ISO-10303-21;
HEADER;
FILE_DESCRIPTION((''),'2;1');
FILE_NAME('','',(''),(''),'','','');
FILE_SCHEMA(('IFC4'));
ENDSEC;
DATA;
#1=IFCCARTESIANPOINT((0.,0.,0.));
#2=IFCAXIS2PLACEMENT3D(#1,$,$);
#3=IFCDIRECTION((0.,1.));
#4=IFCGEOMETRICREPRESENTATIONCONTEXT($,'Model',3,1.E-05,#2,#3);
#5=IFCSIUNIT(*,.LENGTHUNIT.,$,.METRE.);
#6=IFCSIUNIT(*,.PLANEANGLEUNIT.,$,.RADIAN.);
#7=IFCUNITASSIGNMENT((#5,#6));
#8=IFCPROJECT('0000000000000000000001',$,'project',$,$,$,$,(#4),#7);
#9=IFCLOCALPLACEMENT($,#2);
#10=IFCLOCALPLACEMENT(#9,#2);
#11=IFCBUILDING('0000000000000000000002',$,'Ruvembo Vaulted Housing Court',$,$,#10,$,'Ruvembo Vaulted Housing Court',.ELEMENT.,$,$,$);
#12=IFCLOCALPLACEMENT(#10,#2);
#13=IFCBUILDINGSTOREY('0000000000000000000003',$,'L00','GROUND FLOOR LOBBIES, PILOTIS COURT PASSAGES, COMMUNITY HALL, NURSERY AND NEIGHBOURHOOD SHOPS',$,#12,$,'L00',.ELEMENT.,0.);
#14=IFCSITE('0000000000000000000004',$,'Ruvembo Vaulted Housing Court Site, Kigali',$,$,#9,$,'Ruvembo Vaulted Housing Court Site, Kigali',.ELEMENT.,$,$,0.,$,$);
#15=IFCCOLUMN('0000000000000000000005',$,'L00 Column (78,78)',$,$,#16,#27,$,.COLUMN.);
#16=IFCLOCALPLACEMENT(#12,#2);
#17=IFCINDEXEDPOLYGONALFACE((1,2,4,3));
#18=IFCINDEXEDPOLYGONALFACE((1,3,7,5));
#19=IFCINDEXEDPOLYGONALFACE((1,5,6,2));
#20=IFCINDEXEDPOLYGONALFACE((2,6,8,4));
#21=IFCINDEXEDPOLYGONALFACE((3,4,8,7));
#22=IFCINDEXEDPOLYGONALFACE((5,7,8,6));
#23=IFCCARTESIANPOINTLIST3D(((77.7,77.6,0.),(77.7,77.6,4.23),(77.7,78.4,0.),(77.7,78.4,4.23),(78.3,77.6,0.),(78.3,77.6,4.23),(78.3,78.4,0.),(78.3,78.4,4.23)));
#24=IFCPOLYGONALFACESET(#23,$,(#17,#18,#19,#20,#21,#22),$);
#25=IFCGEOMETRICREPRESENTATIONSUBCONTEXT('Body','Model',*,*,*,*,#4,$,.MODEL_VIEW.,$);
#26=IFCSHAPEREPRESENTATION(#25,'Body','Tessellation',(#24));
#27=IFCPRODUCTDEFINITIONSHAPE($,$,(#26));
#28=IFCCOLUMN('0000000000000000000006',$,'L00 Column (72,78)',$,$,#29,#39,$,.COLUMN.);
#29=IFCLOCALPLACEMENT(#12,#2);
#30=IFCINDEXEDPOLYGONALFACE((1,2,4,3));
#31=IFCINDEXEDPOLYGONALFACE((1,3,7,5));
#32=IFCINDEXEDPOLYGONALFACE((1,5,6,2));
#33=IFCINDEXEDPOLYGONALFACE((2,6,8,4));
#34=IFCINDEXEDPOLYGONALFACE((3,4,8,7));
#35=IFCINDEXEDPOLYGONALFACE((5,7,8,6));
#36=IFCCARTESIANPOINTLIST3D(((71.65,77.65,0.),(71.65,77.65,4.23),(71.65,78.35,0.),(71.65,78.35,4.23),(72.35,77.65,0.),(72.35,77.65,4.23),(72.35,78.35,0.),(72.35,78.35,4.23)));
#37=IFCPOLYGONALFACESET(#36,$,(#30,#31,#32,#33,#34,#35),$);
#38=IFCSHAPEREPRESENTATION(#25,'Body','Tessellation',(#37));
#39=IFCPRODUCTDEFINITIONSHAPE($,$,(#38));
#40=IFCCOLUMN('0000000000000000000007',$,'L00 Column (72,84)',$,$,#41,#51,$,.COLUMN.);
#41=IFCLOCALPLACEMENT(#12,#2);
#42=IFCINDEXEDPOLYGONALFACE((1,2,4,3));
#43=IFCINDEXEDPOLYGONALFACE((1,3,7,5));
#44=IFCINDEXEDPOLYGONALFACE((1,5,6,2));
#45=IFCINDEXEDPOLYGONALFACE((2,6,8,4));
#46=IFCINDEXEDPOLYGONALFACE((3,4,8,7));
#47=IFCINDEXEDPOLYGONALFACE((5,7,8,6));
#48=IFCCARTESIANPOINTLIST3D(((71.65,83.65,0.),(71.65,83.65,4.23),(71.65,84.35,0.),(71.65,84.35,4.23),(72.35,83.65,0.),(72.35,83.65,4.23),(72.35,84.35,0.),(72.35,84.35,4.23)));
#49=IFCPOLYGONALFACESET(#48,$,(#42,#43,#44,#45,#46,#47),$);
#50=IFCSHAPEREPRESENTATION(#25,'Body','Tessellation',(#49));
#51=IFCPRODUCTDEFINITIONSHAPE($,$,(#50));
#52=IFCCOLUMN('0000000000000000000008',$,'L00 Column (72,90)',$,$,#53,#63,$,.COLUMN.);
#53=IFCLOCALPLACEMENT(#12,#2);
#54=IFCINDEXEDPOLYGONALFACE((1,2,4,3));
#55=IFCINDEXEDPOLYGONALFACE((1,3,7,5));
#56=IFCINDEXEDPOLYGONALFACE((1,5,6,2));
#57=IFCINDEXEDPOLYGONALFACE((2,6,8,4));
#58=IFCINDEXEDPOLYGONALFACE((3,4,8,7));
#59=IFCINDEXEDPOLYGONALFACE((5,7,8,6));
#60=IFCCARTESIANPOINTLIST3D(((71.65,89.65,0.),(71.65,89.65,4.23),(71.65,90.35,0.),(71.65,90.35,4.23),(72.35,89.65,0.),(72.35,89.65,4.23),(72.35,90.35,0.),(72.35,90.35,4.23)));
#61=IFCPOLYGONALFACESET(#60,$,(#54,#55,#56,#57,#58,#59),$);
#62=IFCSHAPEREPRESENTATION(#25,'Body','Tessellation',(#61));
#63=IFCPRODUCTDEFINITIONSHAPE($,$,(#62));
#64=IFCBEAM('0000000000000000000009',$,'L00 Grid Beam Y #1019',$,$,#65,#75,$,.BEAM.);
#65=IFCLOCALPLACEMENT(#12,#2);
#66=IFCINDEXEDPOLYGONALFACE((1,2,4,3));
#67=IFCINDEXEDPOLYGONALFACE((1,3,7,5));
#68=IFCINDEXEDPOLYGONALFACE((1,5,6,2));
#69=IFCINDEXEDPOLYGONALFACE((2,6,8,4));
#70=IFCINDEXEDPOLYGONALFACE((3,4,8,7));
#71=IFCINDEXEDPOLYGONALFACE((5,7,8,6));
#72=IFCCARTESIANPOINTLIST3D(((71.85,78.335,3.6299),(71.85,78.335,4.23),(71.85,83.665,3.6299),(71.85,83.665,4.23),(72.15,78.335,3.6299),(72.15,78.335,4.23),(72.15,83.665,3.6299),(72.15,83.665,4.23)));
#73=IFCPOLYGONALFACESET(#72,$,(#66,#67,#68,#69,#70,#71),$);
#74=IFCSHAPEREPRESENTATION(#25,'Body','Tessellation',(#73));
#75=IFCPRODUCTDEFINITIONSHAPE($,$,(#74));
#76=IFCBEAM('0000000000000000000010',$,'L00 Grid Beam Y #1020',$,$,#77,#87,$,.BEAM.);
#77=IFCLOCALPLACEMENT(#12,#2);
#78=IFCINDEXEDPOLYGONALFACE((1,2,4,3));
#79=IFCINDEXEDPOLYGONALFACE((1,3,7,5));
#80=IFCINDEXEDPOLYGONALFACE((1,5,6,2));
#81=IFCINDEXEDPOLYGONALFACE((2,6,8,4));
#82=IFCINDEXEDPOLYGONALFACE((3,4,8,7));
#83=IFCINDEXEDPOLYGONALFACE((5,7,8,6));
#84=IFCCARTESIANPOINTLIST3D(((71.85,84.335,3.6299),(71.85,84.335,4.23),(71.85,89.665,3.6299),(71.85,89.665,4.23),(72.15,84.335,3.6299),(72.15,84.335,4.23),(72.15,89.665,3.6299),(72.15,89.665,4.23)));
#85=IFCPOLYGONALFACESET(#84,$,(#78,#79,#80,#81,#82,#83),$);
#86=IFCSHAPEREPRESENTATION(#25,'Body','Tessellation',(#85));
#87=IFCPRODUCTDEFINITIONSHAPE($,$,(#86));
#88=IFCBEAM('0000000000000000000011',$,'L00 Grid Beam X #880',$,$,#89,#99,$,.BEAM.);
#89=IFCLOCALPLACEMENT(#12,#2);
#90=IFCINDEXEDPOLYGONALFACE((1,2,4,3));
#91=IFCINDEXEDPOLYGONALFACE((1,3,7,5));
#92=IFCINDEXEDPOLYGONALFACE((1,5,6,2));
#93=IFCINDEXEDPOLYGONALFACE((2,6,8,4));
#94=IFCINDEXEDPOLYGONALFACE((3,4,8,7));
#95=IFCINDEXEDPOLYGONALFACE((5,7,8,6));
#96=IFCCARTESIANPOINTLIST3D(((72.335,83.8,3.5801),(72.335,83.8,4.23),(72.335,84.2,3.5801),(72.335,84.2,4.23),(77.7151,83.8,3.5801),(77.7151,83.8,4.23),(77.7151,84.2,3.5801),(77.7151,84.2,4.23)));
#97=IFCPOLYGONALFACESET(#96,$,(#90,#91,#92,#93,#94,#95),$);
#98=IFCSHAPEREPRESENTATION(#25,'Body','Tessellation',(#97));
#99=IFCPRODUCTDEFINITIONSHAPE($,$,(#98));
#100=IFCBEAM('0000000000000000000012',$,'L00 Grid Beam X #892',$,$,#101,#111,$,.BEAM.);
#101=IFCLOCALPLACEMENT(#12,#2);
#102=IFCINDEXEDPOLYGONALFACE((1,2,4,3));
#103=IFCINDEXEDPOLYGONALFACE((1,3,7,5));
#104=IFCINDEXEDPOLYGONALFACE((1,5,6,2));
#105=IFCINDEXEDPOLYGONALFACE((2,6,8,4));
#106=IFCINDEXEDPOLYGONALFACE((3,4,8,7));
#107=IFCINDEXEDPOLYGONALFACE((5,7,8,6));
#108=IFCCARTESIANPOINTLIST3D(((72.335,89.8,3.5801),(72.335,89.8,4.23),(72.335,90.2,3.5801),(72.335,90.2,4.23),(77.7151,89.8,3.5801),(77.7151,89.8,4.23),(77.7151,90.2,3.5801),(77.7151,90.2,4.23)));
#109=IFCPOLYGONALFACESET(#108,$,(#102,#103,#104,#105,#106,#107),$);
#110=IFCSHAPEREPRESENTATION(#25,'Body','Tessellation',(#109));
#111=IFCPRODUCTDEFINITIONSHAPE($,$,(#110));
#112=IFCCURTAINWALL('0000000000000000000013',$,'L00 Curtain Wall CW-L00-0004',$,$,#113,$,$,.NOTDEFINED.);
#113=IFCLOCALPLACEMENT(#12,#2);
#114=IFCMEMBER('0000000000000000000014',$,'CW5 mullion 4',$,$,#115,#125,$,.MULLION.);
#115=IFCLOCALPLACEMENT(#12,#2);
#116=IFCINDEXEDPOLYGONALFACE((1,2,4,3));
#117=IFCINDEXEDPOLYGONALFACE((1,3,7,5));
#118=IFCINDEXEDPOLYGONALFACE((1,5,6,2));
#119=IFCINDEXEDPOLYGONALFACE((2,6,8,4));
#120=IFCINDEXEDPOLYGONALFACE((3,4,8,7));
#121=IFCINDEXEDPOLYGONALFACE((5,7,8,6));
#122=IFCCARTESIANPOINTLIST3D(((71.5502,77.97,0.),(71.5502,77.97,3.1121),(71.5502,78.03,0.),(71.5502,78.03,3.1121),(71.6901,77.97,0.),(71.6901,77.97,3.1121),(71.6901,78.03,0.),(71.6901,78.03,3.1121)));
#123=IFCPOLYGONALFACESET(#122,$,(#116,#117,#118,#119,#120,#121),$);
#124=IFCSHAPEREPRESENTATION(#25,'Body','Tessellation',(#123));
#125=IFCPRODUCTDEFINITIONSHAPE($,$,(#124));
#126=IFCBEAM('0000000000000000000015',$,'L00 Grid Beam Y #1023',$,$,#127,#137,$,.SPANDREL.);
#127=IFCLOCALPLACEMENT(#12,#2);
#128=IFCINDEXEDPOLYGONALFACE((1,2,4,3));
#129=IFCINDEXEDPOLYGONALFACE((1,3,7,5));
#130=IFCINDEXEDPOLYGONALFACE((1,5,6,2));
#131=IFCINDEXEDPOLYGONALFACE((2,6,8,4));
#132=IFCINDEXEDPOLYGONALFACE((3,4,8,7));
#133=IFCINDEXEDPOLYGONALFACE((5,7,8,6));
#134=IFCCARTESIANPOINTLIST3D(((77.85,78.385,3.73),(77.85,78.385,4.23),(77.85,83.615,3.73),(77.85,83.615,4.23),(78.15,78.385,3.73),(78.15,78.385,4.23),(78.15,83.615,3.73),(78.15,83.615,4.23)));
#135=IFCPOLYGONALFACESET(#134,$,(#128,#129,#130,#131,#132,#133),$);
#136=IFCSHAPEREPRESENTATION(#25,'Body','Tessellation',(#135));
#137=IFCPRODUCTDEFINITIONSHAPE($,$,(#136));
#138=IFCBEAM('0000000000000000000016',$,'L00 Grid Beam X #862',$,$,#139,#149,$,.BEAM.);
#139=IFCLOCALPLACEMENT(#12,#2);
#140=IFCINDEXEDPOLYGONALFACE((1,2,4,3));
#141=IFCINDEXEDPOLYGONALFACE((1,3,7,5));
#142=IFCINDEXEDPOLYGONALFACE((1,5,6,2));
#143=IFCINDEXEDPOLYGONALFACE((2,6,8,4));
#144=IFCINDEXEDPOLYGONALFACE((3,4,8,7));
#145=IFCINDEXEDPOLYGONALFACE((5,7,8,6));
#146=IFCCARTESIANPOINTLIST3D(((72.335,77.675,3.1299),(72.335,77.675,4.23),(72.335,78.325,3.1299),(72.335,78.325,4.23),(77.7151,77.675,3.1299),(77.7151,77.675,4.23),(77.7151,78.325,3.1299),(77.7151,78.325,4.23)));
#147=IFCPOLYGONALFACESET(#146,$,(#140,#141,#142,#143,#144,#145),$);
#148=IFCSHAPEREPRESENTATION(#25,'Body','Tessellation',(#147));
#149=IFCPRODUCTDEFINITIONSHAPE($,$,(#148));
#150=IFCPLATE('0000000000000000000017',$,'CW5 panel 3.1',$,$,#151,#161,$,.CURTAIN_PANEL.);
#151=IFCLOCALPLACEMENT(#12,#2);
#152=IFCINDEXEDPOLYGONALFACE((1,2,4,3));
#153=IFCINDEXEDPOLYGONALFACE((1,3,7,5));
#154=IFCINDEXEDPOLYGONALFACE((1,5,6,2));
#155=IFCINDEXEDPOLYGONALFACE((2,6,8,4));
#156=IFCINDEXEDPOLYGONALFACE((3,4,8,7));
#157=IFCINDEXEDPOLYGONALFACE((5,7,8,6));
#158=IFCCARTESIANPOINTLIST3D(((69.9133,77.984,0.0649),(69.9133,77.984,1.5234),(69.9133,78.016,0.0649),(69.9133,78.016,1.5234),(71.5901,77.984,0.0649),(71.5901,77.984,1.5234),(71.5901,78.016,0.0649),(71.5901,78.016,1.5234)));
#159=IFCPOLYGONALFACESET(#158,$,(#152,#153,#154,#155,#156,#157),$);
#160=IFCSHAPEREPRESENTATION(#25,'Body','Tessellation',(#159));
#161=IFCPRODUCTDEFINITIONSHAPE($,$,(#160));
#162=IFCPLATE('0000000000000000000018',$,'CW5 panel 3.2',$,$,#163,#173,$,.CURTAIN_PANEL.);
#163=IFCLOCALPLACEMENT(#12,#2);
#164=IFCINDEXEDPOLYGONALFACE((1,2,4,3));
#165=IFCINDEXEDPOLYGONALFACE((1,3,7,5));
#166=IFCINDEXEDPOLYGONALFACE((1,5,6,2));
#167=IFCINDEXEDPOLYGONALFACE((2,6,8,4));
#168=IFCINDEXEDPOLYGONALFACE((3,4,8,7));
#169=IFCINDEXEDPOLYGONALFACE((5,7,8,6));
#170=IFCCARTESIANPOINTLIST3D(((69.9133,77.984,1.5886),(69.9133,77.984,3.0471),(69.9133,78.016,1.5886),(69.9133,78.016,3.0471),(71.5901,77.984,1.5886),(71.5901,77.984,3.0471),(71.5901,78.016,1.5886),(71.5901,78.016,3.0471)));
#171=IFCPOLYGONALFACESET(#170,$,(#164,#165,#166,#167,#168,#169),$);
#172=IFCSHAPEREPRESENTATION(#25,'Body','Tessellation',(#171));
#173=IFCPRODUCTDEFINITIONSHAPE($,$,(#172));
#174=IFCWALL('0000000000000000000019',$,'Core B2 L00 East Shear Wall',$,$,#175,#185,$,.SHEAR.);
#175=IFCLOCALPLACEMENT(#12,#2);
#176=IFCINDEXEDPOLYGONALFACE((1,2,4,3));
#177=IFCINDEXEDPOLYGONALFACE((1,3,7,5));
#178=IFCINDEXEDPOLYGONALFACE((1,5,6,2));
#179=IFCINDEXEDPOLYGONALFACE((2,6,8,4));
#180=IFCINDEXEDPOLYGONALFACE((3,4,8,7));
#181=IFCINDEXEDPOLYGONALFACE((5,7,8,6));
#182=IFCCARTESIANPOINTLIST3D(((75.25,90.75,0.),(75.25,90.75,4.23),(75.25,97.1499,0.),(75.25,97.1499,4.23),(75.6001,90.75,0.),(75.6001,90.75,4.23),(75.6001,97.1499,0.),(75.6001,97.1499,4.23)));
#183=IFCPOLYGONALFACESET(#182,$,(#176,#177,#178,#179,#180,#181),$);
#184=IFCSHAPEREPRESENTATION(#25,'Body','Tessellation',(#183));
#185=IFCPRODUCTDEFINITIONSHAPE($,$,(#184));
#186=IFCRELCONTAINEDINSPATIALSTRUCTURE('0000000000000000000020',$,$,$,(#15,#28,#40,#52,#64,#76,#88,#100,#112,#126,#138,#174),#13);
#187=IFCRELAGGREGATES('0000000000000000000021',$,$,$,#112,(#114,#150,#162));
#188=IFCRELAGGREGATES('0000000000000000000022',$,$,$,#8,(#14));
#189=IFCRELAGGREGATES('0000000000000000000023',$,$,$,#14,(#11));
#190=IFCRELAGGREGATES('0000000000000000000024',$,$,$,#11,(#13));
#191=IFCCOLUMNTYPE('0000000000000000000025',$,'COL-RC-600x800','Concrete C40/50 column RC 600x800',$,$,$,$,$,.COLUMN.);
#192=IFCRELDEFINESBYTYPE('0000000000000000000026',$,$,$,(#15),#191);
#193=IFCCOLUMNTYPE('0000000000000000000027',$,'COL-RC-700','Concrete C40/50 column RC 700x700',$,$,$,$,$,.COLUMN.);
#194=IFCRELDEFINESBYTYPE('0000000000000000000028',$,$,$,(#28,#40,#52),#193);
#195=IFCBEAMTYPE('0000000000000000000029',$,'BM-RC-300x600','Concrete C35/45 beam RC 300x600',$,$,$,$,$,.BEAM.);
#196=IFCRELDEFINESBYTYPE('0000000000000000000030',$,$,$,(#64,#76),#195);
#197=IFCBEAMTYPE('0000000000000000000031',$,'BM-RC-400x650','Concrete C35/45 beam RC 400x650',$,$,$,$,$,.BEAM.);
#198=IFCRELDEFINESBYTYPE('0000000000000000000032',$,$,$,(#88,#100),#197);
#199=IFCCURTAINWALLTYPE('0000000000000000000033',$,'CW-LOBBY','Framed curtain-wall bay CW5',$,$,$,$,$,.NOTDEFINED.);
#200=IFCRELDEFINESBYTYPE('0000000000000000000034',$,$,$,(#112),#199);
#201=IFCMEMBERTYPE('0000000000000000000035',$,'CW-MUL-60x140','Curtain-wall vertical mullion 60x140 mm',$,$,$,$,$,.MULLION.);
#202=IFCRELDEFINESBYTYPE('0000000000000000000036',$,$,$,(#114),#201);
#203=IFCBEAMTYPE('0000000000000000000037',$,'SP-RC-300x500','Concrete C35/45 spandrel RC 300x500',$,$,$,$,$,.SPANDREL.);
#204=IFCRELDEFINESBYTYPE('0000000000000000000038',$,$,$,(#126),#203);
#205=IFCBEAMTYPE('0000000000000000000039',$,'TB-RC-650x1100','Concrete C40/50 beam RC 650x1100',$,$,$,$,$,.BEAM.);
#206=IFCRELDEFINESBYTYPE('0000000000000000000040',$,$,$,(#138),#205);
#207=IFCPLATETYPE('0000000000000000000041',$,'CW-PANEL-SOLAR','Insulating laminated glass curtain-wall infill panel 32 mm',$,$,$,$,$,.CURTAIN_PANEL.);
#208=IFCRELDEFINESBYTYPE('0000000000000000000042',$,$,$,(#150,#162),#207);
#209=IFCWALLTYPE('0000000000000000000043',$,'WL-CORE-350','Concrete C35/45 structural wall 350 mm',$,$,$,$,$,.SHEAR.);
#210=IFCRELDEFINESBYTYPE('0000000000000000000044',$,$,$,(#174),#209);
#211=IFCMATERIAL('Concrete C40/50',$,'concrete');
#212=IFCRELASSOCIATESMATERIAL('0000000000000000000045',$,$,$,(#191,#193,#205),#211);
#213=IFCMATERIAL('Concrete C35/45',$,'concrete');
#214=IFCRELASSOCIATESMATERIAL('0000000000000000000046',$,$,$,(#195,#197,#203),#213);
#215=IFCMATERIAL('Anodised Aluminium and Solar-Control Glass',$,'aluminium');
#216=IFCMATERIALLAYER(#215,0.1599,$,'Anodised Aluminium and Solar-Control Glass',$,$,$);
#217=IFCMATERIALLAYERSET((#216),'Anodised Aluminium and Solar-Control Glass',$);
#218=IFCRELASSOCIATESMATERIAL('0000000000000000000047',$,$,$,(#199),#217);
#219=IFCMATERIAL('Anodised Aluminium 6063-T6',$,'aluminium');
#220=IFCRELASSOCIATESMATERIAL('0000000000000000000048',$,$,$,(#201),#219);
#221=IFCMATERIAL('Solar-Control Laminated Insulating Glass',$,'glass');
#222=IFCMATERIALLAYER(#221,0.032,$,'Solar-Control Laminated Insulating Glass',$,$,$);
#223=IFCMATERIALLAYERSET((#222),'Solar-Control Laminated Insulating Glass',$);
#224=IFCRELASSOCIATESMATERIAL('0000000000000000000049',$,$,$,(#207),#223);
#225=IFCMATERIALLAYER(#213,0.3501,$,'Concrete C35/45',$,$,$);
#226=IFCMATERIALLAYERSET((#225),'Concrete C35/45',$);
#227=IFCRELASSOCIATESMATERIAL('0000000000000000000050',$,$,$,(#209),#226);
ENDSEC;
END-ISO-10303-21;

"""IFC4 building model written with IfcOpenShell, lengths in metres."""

from ifc_helpers import new_model, si_unit, direction, frame, frame_2d, origin, origin_2d, place, context, subcontext, project, spatial, rectangle, extrude, material, layer, layer_set, material_profile, profile_set, type_object, element, aggregate, save


model = new_model("IFC4")

# Units and contexts
model_context = context("Model", 3, precision=1e-05, world=origin(), true_north=direction((0.0, 1.0)))
body_context = subcontext(model_context, "Body", "Model", "MODEL_VIEW")
ifc_project = project(units=[si_unit("LENGTHUNIT", "METRE"), si_unit("PLANEANGLEUNIT", "RADIAN")], contexts=[model_context])

# Site, building, storey
site_placement = place(None, origin())
site = spatial("IfcSite", under=ifc_project, at=site_placement, Name="Ruvembo Vaulted Housing Court Site, Kigali", LongName="Ruvembo Vaulted Housing Court Site, Kigali", CompositionType="ELEMENT", RefElevation=0.0)
building_placement = place(site_placement, origin())
building = spatial("IfcBuilding", under=site, at=building_placement, Name="Ruvembo Vaulted Housing Court", LongName="Ruvembo Vaulted Housing Court", CompositionType="ELEMENT")
storey_placement = place(building_placement, origin())
storey = spatial("IfcBuildingStorey", under=building, at=storey_placement, Name="L00", Description="GROUND FLOOR LOBBIES, PILOTIS COURT PASSAGES, COMMUNITY HALL, NURSERY AND NEIGHBOURHOOD SHOPS", LongName="L00", CompositionType="ELEMENT", Elevation=0.0)

# Columns
ifc_material_1 = material(Name="Concrete C40/50", Category="concrete")
ifc_material_profile_1 = material_profile(ifc_material_1, rectangle(XDim=0.6001, YDim=0.8, at=origin_2d()), Name="RC 600x800")
ifc_profile_set_1 = profile_set([ifc_material_profile_1], Name="Concrete C40/50")
column_type_1 = type_object("IfcColumnType", Name="COL-RC-600x800", Description="Concrete C40/50 column RC 600x800", PredefinedType="COLUMN", material=ifc_profile_set_1)
column_placement = place(storey_placement, frame((78.0, 78.0, 0.0), z_axis=(0.0, 0.0, 1.0), x_axis=(1.0, 0.0, 0.0)))
element("IfcColumn", 1, at=column_placement, inside=storey, type_object=column_type_1, Name="L00 Column (78,78)", PredefinedType="COLUMN", context=body_context, shape_type="SweptSolid", body=[
    extrude(rectangle(XDim=0.6001, YDim=0.8, at=origin_2d()), origin(), (0.0, 0.0, 1.0), 4.23),
])
ifc_material_profile_2 = material_profile(ifc_material_1, rectangle(XDim=0.7, YDim=0.7, at=origin_2d()), Name="RC 700x700")
ifc_profile_set_2 = profile_set([ifc_material_profile_2], Name="Concrete C40/50")
column_type_2 = type_object("IfcColumnType", Name="COL-RC-700", Description="Concrete C40/50 column RC 700x700", PredefinedType="COLUMN", material=ifc_profile_set_2)
for number, where, z_axis, x_axis, name in (
    (2, (72.0, 78.0, 0.0), (0.0, 0.0, 1.0), (1.0, 0.0, 0.0), "L00 Column (72,78)"),
    (3, (72.0, 84.0, 0.0), (0.0, 0.0, 1.0), (1.0, 0.0, 0.0), "L00 Column (72,84)"),
    (4, (72.0, 90.0, 0.0), (0.0, 0.0, 1.0), (1.0, 0.0, 0.0), "L00 Column (72,90)"),
):
    element("IfcColumn", number, at=place(storey_placement, frame(where, z_axis=z_axis, x_axis=x_axis)), inside=storey, type_object=column_type_2, Name=name, PredefinedType="COLUMN", context=body_context, shape_type="SweptSolid", body=[
        extrude(rectangle(XDim=0.7, YDim=0.7, at=origin_2d()), origin(), (0.0, 0.0, 1.0), 4.23),
    ])

# Beams
ifc_material_2 = material(Name="Concrete C35/45", Category="concrete")
ifc_material_profile_3 = material_profile(ifc_material_2, rectangle(XDim=0.3, YDim=0.6001, at=origin_2d()), Name="RC 300x600")
ifc_profile_set_3 = profile_set([ifc_material_profile_3], Name="Concrete C35/45")
beam_type_1 = type_object("IfcBeamType", Name="BM-RC-300x600", Description="Concrete C35/45 beam RC 300x600", PredefinedType="BEAM", material=ifc_profile_set_3)
for number, where, z_axis, x_axis, name in (
    (5, (72.0, 78.335, 3.9299), (0.0, 1.0, 0.0), (-1.0, 0.0, 0.0), "L00 Grid Beam Y #1019"),
    (6, (72.0, 84.335, 3.9299), (0.0, 1.0, 0.0), (-1.0, 0.0, 0.0), "L00 Grid Beam Y #1020"),
):
    element("IfcBeam", number, at=place(storey_placement, frame(where, z_axis=z_axis, x_axis=x_axis)), inside=storey, type_object=beam_type_1, Name=name, PredefinedType="BEAM", context=body_context, shape_type="SweptSolid", body=[
        extrude(rectangle(XDim=0.3, YDim=0.6001, at=origin_2d()), origin(), (0.0, 0.0, 1.0), 5.3301),
    ])
ifc_material_profile_4 = material_profile(ifc_material_2, rectangle(XDim=0.3999, YDim=0.6499, at=origin_2d()), Name="RC 400x650")
ifc_profile_set_4 = profile_set([ifc_material_profile_4], Name="Concrete C35/45")
beam_type_2 = type_object("IfcBeamType", Name="BM-RC-400x650", Description="Concrete C35/45 beam RC 400x650", PredefinedType="BEAM", material=ifc_profile_set_4)
for number, where, z_axis, x_axis, name in (
    (7, (72.335, 84.0, 3.905), (1.0, 0.0, 0.0), (0.0, 1.0, 0.0), "L00 Grid Beam X #880"),
    (8, (72.335, 90.0, 3.905), (1.0, 0.0, 0.0), (0.0, 1.0, 0.0), "L00 Grid Beam X #892"),
):
    element("IfcBeam", number, at=place(storey_placement, frame(where, z_axis=z_axis, x_axis=x_axis)), inside=storey, type_object=beam_type_2, Name=name, PredefinedType="BEAM", context=body_context, shape_type="SweptSolid", body=[
        extrude(rectangle(XDim=0.3999, YDim=0.6499, at=origin_2d()), origin(), (0.0, 0.0, 1.0), 5.3801),
    ])

# Curtain wall, member
ifc_material_3 = material(Name="Anodised Aluminium and Solar-Control Glass", Category="aluminium")
ifc_layer_1 = layer(ifc_material_3, 0.1599, Name="Anodised Aluminium and Solar-Control Glass")
ifc_layer_set_1 = layer_set([ifc_layer_1], Name="Anodised Aluminium and Solar-Control Glass")
curtain_wall_type = type_object("IfcCurtainWallType", Name="CW-LOBBY", Description="Framed curtain-wall bay CW5", PredefinedType="NOTDEFINED", material=ifc_layer_set_1)
curtain_wall_placement = place(storey_placement, origin())
curtain_wall = element("IfcCurtainWall", 9, at=curtain_wall_placement, inside=storey, type_object=curtain_wall_type, Name="L00 Curtain Wall CW-L00-0004", PredefinedType="NOTDEFINED")
ifc_material_4 = material(Name="Anodised Aluminium 6063-T6", Category="aluminium")
ifc_material_profile_5 = material_profile(ifc_material_4, rectangle(XDim=0.0601, YDim=0.1399, at=origin_2d()), Name="ALU 60x140")
ifc_profile_set_5 = profile_set([ifc_material_profile_5], Name="Anodised Aluminium 6063-T6")
member_type = type_object("IfcMemberType", Name="CW-MUL-60x140", Description="Curtain-wall vertical mullion 60x140 mm", PredefinedType="MULLION", material=ifc_profile_set_5)
member_placement = place(storey_placement, frame((71.6201, 78.0, 0.0), z_axis=(0.0, 0.0, 1.0), x_axis=(0.0, 1.0, 0.0)))
member = element("IfcMember", 10, at=member_placement, type_object=member_type, Name="CW5 mullion 4", PredefinedType="MULLION", context=body_context, shape_type="SweptSolid", body=[
    extrude(rectangle(XDim=0.0601, YDim=0.1399, at=origin_2d()), origin(), (0.0, 0.0, 1.0), 3.1121),
])

# Beams
ifc_material_profile_6 = material_profile(ifc_material_2, rectangle(XDim=0.3, YDim=0.5, at=origin_2d()), Name="RC 300x500")
ifc_profile_set_6 = profile_set([ifc_material_profile_6], Name="Concrete C35/45")
beam_type_3 = type_object("IfcBeamType", Name="SP-RC-300x500", Description="Concrete C35/45 spandrel RC 300x500", PredefinedType="SPANDREL", material=ifc_profile_set_6)
beam_1_placement = place(storey_placement, frame((78.0, 78.385, 3.98), z_axis=(0.0, 1.0, 0.0), x_axis=(-1.0, 0.0, 0.0)))
element("IfcBeam", 11, at=beam_1_placement, inside=storey, type_object=beam_type_3, Name="L00 Grid Beam Y #1023", PredefinedType="SPANDREL", context=body_context, shape_type="SweptSolid", body=[
    extrude(rectangle(XDim=0.3, YDim=0.5, at=origin_2d()), origin(), (0.0, 0.0, 1.0), 5.23),
])
ifc_material_profile_7 = material_profile(ifc_material_1, rectangle(XDim=0.6499, YDim=1.1001, at=origin_2d()), Name="RC 650x1100")
ifc_profile_set_7 = profile_set([ifc_material_profile_7], Name="Concrete C40/50")
beam_type_4 = type_object("IfcBeamType", Name="TB-RC-650x1100", Description="Concrete C40/50 beam RC 650x1100", PredefinedType="BEAM", material=ifc_profile_set_7)
beam_2_placement = place(storey_placement, frame((72.335, 78.0, 3.6799), z_axis=(1.0, 0.0, 0.0), x_axis=(0.0, 1.0, 0.0)))
element("IfcBeam", 12, at=beam_2_placement, inside=storey, type_object=beam_type_4, Name="L00 Grid Beam X #862", PredefinedType="BEAM", context=body_context, shape_type="SweptSolid", body=[
    extrude(rectangle(XDim=0.6499, YDim=1.1001, at=origin_2d()), origin(), (0.0, 0.0, 1.0), 5.3801),
])

# Plates
ifc_material_5 = material(Name="Solar-Control Laminated Insulating Glass", Category="glass")
ifc_layer_2 = layer(ifc_material_5, 0.032, Name="Solar-Control Laminated Insulating Glass")
ifc_layer_set_2 = layer_set([ifc_layer_2], Name="Solar-Control Laminated Insulating Glass")
plate_type = type_object("IfcPlateType", Name="CW-PANEL-SOLAR", Description="Insulating laminated glass curtain-wall infill panel 32 mm", PredefinedType="CURTAIN_PANEL", material=ifc_layer_set_2)
plate_1_placement = place(storey_placement, frame((70.7517, 78.0, 0.0649), z_axis=(0.0, 0.0, 1.0), x_axis=(1.0, 0.0, 0.0)))
plate_1 = element("IfcPlate", 13, at=plate_1_placement, type_object=plate_type, Name="CW5 panel 3.1", PredefinedType="CURTAIN_PANEL", context=body_context, shape_type="SweptSolid", body=[
    extrude(rectangle(XDim=1.6768, YDim=0.032, at=origin_2d()), origin(), (0.0, 0.0, 1.0), 1.4585),
])
plate_2_placement = place(storey_placement, frame((70.7517, 78.0, 1.5886), z_axis=(0.0, 0.0, 1.0), x_axis=(1.0, 0.0, 0.0)))
plate_2 = element("IfcPlate", 14, at=plate_2_placement, type_object=plate_type, Name="CW5 panel 3.2", PredefinedType="CURTAIN_PANEL", context=body_context, shape_type="SweptSolid", body=[
    extrude(rectangle(XDim=1.6768, YDim=0.032, at=origin_2d()), origin(), (0.0, 0.0, 1.0), 1.4585),
])
aggregate(curtain_wall, [member, plate_1, plate_2])

# Wall
ifc_layer_3 = layer(ifc_material_2, 0.3501, Name="Concrete C35/45")
ifc_layer_set_3 = layer_set([ifc_layer_3], Name="Concrete C35/45")
wall_type_1 = type_object("IfcWallType", Name="WL-CORE-350", Description="Concrete C35/45 structural wall 350 mm", PredefinedType="SHEAR", material=ifc_layer_set_3)
wall_1_placement = place(storey_placement, frame((75.425, 90.75, 0.0), z_axis=(0.0, 0.0, 1.0), x_axis=(0.0, 1.0, 0.0)))
element("IfcWall", 15, at=wall_1_placement, inside=storey, type_object=wall_type_1, Name="Core B2 L00 East Shear Wall", PredefinedType="SHEAR", context=body_context, shape_type="SweptSolid", body=[
    extrude(rectangle(XDim=6.3999, YDim=0.3501, at=frame_2d((3.2, 0.0))), origin(), (0.0, 0.0, 1.0), 4.23),
])

save(model, "model.ifc")
